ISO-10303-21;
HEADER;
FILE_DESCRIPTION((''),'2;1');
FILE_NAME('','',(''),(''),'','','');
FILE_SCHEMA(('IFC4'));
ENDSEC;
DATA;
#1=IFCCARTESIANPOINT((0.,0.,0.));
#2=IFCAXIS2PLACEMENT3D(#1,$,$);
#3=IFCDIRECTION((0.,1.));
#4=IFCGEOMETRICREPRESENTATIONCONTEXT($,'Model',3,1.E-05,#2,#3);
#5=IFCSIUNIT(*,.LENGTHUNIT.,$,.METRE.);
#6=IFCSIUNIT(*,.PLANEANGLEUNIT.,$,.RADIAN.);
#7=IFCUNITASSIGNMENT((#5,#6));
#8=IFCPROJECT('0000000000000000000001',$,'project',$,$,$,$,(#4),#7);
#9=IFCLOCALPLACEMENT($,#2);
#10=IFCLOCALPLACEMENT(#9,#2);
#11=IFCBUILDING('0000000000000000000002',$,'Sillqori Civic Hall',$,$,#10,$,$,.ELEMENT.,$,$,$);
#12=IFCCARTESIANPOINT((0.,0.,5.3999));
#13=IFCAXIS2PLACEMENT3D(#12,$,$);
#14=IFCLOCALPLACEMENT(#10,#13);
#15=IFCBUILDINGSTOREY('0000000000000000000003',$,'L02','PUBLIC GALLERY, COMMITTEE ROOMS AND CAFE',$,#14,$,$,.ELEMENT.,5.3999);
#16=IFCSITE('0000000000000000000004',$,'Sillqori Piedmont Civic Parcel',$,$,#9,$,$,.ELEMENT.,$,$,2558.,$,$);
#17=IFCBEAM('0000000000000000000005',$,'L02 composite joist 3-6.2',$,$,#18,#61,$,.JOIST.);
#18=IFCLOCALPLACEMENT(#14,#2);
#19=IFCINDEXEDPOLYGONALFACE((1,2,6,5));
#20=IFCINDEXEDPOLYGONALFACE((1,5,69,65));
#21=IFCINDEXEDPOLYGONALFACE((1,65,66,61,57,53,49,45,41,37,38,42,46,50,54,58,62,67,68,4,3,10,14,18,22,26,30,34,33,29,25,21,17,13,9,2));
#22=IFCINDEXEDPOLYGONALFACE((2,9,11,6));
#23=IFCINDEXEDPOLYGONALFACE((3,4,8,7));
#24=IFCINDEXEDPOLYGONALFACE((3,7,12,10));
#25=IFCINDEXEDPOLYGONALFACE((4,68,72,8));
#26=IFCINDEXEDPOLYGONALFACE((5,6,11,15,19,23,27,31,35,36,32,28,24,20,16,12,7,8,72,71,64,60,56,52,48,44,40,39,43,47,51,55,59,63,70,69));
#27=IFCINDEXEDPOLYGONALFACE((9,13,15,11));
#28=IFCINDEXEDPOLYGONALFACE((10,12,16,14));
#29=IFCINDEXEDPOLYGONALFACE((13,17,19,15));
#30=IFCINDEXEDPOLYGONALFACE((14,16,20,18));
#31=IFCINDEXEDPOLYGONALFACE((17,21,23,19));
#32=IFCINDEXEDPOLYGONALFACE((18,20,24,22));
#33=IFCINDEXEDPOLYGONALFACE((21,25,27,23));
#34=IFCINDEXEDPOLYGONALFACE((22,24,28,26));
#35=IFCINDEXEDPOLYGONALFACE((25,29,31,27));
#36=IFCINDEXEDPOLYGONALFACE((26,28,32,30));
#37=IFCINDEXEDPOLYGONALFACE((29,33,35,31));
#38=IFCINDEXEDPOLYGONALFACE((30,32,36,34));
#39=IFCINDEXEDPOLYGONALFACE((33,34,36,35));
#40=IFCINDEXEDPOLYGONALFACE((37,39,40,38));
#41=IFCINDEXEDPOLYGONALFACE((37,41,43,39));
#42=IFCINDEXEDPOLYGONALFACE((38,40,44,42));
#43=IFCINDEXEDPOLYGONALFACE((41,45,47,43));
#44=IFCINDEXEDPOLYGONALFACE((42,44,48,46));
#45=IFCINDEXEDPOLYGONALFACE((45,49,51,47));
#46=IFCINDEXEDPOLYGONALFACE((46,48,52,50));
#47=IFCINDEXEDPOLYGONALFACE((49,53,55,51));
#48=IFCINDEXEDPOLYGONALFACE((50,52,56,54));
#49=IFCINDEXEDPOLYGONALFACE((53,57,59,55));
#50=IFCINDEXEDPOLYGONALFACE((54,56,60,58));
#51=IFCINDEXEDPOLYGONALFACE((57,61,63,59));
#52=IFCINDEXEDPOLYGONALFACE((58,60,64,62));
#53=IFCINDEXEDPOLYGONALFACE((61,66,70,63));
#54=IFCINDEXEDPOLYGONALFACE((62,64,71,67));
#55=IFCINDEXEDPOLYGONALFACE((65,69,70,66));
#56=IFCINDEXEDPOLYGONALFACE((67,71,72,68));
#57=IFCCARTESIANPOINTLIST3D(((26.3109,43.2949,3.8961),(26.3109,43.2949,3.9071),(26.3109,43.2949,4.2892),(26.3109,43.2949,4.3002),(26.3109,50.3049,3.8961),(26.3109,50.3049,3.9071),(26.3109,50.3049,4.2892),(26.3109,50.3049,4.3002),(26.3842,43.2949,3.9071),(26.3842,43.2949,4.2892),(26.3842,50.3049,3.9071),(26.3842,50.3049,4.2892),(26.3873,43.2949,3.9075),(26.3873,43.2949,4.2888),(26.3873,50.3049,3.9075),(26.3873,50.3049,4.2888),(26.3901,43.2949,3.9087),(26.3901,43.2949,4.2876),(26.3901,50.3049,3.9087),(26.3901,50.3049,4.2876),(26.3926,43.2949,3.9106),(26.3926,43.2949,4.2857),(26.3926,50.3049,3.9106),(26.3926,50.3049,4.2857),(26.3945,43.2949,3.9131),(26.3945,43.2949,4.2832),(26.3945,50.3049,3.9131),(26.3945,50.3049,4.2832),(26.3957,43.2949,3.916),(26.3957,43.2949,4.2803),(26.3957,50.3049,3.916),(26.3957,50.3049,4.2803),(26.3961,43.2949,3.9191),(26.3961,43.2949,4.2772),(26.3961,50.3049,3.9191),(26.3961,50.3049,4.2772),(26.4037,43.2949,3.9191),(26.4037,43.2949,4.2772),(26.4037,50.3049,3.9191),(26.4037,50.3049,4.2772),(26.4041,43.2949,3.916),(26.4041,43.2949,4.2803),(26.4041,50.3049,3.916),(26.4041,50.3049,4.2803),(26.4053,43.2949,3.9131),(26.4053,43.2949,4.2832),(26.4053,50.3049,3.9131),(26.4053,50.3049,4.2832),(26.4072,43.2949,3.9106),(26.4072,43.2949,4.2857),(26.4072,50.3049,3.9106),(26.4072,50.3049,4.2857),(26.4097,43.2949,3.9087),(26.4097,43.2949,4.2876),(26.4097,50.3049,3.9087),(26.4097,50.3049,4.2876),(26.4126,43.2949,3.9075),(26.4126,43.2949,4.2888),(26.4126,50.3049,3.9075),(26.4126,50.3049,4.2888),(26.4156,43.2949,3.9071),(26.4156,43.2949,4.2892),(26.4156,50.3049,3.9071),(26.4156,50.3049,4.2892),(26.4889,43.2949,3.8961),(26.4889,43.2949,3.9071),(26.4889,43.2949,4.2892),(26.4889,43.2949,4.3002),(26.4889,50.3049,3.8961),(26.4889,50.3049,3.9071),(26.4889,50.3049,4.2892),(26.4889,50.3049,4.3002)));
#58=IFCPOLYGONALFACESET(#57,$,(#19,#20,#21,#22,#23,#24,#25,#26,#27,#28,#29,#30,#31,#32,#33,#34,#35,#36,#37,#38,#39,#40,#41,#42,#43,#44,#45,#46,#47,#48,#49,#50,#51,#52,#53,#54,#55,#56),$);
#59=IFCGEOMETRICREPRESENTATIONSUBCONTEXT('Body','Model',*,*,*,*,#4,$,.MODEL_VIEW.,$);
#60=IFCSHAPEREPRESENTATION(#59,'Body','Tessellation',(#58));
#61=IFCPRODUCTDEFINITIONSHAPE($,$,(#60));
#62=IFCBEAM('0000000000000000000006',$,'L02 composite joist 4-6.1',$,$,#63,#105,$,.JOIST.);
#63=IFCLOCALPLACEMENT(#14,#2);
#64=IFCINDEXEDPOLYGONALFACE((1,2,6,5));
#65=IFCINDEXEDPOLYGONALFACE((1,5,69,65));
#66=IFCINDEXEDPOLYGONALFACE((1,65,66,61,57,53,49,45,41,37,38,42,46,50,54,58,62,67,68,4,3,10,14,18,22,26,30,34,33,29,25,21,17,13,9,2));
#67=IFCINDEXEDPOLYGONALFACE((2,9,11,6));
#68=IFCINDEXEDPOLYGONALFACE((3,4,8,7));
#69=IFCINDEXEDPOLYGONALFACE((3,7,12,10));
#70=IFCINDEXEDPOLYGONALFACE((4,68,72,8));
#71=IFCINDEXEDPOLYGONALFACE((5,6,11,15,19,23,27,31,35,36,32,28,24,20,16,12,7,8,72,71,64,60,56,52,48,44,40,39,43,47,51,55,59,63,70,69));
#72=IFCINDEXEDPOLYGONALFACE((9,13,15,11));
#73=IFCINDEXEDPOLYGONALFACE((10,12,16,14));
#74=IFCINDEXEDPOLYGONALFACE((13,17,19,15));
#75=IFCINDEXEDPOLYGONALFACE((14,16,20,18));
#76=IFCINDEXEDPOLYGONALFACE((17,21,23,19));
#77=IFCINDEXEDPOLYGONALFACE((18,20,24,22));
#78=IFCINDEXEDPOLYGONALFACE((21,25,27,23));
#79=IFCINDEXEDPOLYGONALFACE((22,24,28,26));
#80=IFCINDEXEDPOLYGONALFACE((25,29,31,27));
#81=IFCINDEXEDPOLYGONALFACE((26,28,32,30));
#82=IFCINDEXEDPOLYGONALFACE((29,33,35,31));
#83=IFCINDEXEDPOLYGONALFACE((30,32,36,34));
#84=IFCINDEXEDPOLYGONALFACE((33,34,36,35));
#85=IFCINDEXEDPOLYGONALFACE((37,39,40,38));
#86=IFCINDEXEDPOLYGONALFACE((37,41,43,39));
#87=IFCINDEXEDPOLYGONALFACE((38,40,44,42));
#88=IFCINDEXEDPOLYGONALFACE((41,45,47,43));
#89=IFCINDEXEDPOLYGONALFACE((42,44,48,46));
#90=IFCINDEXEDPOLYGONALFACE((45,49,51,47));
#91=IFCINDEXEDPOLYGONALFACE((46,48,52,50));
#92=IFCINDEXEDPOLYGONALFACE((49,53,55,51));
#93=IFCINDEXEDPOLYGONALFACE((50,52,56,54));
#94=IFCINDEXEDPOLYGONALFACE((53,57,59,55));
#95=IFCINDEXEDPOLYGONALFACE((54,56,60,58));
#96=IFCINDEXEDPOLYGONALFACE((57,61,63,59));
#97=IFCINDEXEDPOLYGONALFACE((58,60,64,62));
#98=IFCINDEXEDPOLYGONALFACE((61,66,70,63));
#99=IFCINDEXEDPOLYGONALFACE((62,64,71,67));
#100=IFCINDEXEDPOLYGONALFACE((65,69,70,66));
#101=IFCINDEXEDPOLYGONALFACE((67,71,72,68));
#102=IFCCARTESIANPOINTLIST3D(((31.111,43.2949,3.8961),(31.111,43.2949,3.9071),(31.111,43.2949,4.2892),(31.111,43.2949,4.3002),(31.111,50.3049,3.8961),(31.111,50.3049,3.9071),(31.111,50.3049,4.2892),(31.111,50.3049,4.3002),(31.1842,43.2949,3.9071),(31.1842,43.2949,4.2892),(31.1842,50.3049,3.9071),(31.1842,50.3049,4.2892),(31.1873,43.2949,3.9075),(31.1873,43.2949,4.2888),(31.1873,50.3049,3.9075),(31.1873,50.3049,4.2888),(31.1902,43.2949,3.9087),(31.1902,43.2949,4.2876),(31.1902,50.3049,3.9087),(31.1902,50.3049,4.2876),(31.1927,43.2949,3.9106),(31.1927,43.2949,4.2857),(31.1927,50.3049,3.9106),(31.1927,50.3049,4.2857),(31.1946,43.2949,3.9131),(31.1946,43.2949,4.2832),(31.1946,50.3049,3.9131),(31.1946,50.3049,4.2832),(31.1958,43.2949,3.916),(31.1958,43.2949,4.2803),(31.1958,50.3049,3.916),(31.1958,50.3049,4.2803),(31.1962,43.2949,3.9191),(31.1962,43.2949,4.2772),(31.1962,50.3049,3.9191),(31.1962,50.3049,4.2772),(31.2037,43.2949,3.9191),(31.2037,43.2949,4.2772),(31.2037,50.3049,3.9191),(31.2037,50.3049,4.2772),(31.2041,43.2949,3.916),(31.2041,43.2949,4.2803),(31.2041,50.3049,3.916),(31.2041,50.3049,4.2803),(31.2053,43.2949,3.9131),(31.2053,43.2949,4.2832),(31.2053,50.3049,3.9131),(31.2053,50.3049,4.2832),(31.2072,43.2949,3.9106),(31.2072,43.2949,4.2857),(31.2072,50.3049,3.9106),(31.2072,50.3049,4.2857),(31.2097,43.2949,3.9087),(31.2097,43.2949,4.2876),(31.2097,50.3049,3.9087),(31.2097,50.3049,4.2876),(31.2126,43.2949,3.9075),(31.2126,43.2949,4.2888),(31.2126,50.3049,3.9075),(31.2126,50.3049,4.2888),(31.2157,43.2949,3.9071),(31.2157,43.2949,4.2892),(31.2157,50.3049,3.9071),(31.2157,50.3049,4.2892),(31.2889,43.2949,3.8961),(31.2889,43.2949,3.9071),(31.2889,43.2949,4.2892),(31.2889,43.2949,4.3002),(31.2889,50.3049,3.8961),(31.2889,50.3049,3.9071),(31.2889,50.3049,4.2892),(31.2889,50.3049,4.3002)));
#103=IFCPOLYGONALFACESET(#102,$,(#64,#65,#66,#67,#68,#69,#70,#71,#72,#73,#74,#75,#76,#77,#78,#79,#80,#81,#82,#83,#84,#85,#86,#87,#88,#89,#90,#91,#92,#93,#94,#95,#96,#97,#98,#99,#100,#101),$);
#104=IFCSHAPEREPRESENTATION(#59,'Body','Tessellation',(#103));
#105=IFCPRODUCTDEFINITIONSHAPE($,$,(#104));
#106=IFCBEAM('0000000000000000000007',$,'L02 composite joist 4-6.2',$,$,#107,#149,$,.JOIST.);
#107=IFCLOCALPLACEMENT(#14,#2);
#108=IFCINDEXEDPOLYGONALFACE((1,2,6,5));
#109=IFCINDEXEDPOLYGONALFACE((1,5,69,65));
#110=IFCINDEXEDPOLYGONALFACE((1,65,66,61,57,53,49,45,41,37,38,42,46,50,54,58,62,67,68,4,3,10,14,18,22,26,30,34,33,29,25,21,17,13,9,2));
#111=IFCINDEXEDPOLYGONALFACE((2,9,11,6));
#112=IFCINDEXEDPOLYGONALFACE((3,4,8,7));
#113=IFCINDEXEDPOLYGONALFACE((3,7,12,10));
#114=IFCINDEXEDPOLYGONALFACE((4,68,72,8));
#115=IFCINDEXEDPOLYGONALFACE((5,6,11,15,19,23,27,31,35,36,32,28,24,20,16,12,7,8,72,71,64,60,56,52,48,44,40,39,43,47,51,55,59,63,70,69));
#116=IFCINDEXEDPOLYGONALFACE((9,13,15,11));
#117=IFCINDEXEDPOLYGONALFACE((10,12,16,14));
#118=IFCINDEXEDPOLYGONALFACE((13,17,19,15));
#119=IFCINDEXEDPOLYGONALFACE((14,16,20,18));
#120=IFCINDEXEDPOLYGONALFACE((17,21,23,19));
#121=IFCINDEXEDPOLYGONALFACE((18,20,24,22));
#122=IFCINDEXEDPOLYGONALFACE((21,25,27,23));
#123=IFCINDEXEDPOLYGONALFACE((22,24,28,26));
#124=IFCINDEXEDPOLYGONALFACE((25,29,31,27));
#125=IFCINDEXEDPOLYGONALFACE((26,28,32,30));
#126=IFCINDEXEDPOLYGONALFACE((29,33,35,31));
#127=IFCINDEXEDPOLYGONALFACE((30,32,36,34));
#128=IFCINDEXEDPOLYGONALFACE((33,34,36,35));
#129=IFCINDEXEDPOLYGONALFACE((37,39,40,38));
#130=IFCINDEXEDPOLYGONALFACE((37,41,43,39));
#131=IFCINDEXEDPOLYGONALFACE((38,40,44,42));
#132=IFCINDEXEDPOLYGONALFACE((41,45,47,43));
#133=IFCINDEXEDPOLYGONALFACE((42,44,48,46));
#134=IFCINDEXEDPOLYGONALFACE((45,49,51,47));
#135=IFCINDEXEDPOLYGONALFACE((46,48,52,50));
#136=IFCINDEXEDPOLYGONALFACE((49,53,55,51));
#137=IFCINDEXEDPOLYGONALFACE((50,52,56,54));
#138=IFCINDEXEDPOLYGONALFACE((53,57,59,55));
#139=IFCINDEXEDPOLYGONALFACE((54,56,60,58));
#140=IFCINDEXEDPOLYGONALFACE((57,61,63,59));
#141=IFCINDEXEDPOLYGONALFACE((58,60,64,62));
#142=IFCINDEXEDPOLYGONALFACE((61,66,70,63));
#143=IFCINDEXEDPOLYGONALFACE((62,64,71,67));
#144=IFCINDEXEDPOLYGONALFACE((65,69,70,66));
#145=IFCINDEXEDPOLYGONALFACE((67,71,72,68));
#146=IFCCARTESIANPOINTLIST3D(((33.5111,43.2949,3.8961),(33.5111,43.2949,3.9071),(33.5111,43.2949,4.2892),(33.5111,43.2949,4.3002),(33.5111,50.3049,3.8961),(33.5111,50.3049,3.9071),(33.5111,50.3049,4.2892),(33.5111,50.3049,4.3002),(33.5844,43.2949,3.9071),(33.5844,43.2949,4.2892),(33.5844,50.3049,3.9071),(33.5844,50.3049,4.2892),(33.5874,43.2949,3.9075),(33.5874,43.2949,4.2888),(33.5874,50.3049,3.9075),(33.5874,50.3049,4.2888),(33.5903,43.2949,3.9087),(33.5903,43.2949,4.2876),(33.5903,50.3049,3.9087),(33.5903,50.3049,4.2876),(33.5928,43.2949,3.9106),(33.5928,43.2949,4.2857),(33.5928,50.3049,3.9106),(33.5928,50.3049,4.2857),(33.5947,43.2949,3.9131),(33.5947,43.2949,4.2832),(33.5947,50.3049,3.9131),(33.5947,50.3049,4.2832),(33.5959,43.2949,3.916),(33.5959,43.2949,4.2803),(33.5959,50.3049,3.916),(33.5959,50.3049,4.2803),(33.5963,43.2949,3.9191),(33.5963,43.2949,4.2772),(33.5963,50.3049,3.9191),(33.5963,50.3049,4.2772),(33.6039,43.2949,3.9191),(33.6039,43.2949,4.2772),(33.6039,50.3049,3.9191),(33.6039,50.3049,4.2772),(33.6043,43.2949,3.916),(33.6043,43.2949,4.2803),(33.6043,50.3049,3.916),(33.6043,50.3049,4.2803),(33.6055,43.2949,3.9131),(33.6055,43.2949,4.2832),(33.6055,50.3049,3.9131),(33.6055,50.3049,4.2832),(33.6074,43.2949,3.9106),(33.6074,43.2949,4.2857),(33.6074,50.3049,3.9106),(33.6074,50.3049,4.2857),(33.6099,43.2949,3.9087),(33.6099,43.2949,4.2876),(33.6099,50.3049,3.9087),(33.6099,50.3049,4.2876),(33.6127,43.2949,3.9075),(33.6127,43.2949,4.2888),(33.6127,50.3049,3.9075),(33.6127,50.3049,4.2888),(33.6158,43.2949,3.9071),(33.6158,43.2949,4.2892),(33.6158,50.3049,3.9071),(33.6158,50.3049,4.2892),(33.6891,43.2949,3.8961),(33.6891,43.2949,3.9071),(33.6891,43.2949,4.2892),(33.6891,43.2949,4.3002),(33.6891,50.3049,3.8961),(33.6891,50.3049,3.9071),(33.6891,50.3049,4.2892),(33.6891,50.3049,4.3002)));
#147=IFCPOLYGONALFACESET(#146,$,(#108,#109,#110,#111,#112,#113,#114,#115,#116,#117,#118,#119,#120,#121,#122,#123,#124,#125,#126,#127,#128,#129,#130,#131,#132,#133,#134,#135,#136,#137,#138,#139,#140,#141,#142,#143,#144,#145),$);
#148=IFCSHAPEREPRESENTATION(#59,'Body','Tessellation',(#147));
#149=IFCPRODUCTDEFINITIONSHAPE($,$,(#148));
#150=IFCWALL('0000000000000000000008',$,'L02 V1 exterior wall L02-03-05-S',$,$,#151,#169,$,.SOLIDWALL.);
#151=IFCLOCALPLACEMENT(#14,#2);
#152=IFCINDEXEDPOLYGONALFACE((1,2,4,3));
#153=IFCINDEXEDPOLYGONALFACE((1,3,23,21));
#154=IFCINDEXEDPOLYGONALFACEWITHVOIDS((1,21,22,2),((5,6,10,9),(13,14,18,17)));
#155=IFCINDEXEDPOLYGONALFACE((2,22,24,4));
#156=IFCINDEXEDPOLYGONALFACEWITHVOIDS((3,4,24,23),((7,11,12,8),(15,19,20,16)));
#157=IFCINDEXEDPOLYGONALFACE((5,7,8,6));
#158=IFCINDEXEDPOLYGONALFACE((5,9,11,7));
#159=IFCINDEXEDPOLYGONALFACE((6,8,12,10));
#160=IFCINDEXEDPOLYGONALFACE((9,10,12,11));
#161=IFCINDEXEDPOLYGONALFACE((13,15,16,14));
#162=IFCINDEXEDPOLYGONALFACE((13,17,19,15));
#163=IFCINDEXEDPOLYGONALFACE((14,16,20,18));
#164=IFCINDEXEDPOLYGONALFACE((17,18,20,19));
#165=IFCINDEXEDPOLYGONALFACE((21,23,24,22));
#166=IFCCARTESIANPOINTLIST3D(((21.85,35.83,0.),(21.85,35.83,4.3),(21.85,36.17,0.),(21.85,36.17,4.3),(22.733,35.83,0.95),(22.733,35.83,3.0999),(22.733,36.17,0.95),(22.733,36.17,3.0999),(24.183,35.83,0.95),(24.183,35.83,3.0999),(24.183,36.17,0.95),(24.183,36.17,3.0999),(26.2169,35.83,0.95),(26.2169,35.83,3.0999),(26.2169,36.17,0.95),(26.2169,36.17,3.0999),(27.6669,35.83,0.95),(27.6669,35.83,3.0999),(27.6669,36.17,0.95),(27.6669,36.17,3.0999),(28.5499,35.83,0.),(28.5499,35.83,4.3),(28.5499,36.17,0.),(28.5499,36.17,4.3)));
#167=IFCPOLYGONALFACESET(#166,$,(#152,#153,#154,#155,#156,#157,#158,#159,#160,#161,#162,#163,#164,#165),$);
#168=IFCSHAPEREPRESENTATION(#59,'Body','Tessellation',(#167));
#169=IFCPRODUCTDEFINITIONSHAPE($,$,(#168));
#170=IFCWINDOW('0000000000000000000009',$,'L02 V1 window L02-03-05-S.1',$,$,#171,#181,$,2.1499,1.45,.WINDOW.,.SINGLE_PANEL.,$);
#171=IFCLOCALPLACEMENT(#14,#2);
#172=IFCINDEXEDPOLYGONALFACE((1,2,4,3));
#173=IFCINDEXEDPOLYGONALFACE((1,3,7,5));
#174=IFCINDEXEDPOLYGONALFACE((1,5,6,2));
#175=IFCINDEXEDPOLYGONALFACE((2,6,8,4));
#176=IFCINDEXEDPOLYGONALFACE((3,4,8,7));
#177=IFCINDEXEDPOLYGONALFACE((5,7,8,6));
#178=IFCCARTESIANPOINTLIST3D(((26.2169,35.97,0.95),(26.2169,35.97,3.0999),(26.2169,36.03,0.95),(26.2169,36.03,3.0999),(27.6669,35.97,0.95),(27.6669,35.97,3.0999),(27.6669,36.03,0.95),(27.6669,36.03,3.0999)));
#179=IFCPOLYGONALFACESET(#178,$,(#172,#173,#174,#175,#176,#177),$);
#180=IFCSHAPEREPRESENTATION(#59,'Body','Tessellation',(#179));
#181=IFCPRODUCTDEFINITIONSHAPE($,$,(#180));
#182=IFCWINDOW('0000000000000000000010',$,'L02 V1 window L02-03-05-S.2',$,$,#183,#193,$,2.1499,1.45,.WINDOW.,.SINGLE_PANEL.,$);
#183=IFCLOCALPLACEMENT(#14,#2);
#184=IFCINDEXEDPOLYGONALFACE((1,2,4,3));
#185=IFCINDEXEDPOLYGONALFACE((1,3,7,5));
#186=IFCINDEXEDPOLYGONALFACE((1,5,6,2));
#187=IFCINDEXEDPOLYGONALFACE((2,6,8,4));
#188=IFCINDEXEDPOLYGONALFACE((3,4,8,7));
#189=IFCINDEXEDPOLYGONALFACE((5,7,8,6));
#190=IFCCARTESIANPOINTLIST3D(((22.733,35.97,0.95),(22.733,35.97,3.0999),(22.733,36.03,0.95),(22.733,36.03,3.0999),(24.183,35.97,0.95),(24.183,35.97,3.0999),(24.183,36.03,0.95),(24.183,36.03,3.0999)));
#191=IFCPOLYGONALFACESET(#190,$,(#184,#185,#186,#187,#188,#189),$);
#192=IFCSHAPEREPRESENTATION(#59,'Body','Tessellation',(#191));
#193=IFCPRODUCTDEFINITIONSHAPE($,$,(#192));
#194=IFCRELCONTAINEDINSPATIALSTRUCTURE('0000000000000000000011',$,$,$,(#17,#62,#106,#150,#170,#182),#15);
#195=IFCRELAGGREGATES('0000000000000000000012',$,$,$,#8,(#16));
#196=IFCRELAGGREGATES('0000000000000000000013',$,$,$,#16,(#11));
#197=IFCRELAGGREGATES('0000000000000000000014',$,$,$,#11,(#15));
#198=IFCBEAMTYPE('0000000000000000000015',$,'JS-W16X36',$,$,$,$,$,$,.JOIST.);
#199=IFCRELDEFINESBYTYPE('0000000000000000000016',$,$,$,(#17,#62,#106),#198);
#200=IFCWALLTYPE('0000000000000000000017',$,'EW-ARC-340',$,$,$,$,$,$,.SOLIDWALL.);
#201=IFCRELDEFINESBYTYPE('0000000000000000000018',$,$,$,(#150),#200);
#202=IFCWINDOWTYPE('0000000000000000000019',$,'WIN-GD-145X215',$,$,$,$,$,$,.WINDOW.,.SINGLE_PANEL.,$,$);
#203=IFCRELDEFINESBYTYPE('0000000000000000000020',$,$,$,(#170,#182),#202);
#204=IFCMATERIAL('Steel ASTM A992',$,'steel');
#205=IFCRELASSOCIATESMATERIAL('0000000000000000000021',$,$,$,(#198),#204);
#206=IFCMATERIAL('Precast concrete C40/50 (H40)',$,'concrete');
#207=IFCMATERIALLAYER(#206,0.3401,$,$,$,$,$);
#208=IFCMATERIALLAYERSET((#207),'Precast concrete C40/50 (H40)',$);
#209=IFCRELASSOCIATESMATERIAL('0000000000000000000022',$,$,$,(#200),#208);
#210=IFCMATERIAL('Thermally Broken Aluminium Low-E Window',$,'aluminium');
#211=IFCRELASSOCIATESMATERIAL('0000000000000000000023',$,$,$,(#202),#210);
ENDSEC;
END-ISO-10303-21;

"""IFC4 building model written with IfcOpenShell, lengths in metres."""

from ifc_helpers import new_model, si_unit, direction, frame, frame_2d, origin, origin_2d, place, context, subcontext, project, spatial, rectangle, i_section, extrude, material, layer, layer_set, material_profile, profile_set, type_object, element, fill, save


model = new_model("IFC4")

# Units and contexts
model_context = context("Model", 3, precision=1e-05, world=origin(), true_north=direction((0.0, 1.0)))
body_context = subcontext(model_context, "Body", "Model", "MODEL_VIEW")
ifc_project = project(units=[si_unit("LENGTHUNIT", "METRE"), si_unit("PLANEANGLEUNIT", "RADIAN")], contexts=[model_context])

# Site, building, storey
site_placement = place(None, origin())
site = spatial("IfcSite", under=ifc_project, at=site_placement, Name="Sillqori Piedmont Civic Parcel", CompositionType="ELEMENT", RefElevation=2558.0)
building_placement = place(site_placement, origin())
building = spatial("IfcBuilding", under=site, at=building_placement, Name="Sillqori Civic Hall", CompositionType="ELEMENT")
storey_placement = place(building_placement, frame((0.0, 0.0, 5.3999)))
storey = spatial("IfcBuildingStorey", under=building, at=storey_placement, Name="L02", Description="PUBLIC GALLERY, COMMITTEE ROOMS AND CAFE", CompositionType="ELEMENT", Elevation=5.3999)

# Beams
ifc_material_1 = material(Name="Steel ASTM A992", Category="steel")
ifc_material_profile_1 = material_profile(ifc_material_1, i_section(OverallWidth=0.178, OverallDepth=0.4041, WebThickness=0.0076, FlangeThickness=0.011, FilletRadius=0.012, at=origin_2d()), Name="W16X36")
ifc_profile_set_1 = profile_set([ifc_material_profile_1], Name="Steel ASTM A992")
beam_type_1 = type_object("IfcBeamType", Name="JS-W16X36", PredefinedType="JOIST", material=ifc_profile_set_1)
for number, where, z_axis, x_axis, name in (
    (1, (26.3999, 43.2949, 4.0981), (0.0, 1.0, 0.0), (-1.0, 0.0, 0.0), "L02 composite joist 3-6.2"),
    (2, (31.2, 43.2949, 4.0981), (0.0, 1.0, 0.0), (-1.0, 0.0, 0.0), "L02 composite joist 4-6.1"),
    (3, (33.6001, 43.2949, 4.0981), (0.0, 1.0, 0.0), (-1.0, 0.0, 0.0), "L02 composite joist 4-6.2"),
):
    element("IfcBeam", number, at=place(storey_placement, frame(where, z_axis=z_axis, x_axis=x_axis)), inside=storey, type_object=beam_type_1, Name=name, PredefinedType="JOIST", context=body_context, shape_type="SweptSolid", body=[
        extrude(i_section(OverallWidth=0.178, OverallDepth=0.4041, WebThickness=0.0076, FlangeThickness=0.011, FilletRadius=0.012, at=origin_2d()), origin(), (0.0, 0.0, 1.0), 7.01),
    ])

# Wall, openings, windows
ifc_material_2 = material(Name="Precast concrete C40/50 (H40)", Category="concrete")
ifc_layer_1 = layer(ifc_material_2, 0.3401)
ifc_layer_set_1 = layer_set([ifc_layer_1], Name="Precast concrete C40/50 (H40)")
wall_type_1 = type_object("IfcWallType", Name="EW-ARC-340", PredefinedType="SOLIDWALL", material=ifc_layer_set_1)
wall_1_placement = place(storey_placement, frame((28.55, 36.0, 0.0), z_axis=(0.0, 0.0, 1.0), x_axis=(-1.0, 0.0, 0.0)))
wall_1 = element("IfcWall", 4, at=wall_1_placement, inside=storey, type_object=wall_type_1, Name="L02 V1 exterior wall L02-03-05-S", PredefinedType="SOLIDWALL", context=body_context, shape_type="SweptSolid", body=[
    extrude(rectangle(XDim=6.7, YDim=0.3401, at=frame_2d((3.3501, 0.0))), origin(), (0.0, 0.0, 1.0), 4.3),
])
opening_1_placement = place(wall_1_placement, frame((0.8831, 0.0, 0.95)))
opening_1 = element("IfcOpeningElement", 5, at=opening_1_placement, cuts=wall_1, PredefinedType="OPENING", context=body_context, shape_type="SweptSolid", body=[
    extrude(rectangle(XDim=1.45, YDim=2.1499, at=frame_2d((0.7251, 1.075))), frame((0.0, 0.1799, 0.0), z_axis=(0.0, -1.0, 0.0), x_axis=(1.0, 0.0, 0.0)), (0.0, 0.0, 1.0), 0.3601),
])
opening_2_placement = place(wall_1_placement, frame((4.3669, 0.0, 0.95)))
opening_2 = element("IfcOpeningElement", 6, at=opening_2_placement, cuts=wall_1, PredefinedType="OPENING", context=body_context, shape_type="SweptSolid", body=[
    extrude(rectangle(XDim=1.45, YDim=2.1499, at=frame_2d((0.7251, 1.075))), frame((0.0, 0.1799, 0.0), z_axis=(0.0, -1.0, 0.0), x_axis=(1.0, 0.0, 0.0)), (0.0, 0.0, 1.0), 0.3601),
])
ifc_material_3 = material(Name="Thermally Broken Aluminium Low-E Window", Category="aluminium")
window_type_1 = type_object("IfcWindowType", Name="WIN-GD-145X215", PartitioningType="SINGLE_PANEL", PredefinedType="WINDOW", material=ifc_material_3)
window_1_placement = place(opening_1_placement, origin())
window_1 = element("IfcWindow", 7, at=window_1_placement, inside=storey, type_object=window_type_1, Name="L02 V1 window L02-03-05-S.1", OverallHeight=2.1499, OverallWidth=1.45, PartitioningType="SINGLE_PANEL", PredefinedType="WINDOW", context=body_context, shape_type="SweptSolid", body=[
    extrude(rectangle(XDim=1.45, YDim=2.1499, at=frame_2d((0.7251, 1.075))), frame((0.0, 0.03, 0.0), z_axis=(0.0, -1.0, 0.0), x_axis=(1.0, 0.0, 0.0)), (0.0, 0.0, 1.0), 0.0601),
])
fill(opening_1, window_1)
window_2_placement = place(opening_2_placement, origin())
window_2 = element("IfcWindow", 8, at=window_2_placement, inside=storey, type_object=window_type_1, Name="L02 V1 window L02-03-05-S.2", OverallHeight=2.1499, OverallWidth=1.45, PartitioningType="SINGLE_PANEL", PredefinedType="WINDOW", context=body_context, shape_type="SweptSolid", body=[
    extrude(rectangle(XDim=1.45, YDim=2.1499, at=frame_2d((0.7251, 1.075))), frame((0.0, 0.03, 0.0), z_axis=(0.0, -1.0, 0.0), x_axis=(1.0, 0.0, 0.0)), (0.0, 0.0, 1.0), 0.0601),
])
fill(opening_2, window_2)

save(model, "model.ifc")
